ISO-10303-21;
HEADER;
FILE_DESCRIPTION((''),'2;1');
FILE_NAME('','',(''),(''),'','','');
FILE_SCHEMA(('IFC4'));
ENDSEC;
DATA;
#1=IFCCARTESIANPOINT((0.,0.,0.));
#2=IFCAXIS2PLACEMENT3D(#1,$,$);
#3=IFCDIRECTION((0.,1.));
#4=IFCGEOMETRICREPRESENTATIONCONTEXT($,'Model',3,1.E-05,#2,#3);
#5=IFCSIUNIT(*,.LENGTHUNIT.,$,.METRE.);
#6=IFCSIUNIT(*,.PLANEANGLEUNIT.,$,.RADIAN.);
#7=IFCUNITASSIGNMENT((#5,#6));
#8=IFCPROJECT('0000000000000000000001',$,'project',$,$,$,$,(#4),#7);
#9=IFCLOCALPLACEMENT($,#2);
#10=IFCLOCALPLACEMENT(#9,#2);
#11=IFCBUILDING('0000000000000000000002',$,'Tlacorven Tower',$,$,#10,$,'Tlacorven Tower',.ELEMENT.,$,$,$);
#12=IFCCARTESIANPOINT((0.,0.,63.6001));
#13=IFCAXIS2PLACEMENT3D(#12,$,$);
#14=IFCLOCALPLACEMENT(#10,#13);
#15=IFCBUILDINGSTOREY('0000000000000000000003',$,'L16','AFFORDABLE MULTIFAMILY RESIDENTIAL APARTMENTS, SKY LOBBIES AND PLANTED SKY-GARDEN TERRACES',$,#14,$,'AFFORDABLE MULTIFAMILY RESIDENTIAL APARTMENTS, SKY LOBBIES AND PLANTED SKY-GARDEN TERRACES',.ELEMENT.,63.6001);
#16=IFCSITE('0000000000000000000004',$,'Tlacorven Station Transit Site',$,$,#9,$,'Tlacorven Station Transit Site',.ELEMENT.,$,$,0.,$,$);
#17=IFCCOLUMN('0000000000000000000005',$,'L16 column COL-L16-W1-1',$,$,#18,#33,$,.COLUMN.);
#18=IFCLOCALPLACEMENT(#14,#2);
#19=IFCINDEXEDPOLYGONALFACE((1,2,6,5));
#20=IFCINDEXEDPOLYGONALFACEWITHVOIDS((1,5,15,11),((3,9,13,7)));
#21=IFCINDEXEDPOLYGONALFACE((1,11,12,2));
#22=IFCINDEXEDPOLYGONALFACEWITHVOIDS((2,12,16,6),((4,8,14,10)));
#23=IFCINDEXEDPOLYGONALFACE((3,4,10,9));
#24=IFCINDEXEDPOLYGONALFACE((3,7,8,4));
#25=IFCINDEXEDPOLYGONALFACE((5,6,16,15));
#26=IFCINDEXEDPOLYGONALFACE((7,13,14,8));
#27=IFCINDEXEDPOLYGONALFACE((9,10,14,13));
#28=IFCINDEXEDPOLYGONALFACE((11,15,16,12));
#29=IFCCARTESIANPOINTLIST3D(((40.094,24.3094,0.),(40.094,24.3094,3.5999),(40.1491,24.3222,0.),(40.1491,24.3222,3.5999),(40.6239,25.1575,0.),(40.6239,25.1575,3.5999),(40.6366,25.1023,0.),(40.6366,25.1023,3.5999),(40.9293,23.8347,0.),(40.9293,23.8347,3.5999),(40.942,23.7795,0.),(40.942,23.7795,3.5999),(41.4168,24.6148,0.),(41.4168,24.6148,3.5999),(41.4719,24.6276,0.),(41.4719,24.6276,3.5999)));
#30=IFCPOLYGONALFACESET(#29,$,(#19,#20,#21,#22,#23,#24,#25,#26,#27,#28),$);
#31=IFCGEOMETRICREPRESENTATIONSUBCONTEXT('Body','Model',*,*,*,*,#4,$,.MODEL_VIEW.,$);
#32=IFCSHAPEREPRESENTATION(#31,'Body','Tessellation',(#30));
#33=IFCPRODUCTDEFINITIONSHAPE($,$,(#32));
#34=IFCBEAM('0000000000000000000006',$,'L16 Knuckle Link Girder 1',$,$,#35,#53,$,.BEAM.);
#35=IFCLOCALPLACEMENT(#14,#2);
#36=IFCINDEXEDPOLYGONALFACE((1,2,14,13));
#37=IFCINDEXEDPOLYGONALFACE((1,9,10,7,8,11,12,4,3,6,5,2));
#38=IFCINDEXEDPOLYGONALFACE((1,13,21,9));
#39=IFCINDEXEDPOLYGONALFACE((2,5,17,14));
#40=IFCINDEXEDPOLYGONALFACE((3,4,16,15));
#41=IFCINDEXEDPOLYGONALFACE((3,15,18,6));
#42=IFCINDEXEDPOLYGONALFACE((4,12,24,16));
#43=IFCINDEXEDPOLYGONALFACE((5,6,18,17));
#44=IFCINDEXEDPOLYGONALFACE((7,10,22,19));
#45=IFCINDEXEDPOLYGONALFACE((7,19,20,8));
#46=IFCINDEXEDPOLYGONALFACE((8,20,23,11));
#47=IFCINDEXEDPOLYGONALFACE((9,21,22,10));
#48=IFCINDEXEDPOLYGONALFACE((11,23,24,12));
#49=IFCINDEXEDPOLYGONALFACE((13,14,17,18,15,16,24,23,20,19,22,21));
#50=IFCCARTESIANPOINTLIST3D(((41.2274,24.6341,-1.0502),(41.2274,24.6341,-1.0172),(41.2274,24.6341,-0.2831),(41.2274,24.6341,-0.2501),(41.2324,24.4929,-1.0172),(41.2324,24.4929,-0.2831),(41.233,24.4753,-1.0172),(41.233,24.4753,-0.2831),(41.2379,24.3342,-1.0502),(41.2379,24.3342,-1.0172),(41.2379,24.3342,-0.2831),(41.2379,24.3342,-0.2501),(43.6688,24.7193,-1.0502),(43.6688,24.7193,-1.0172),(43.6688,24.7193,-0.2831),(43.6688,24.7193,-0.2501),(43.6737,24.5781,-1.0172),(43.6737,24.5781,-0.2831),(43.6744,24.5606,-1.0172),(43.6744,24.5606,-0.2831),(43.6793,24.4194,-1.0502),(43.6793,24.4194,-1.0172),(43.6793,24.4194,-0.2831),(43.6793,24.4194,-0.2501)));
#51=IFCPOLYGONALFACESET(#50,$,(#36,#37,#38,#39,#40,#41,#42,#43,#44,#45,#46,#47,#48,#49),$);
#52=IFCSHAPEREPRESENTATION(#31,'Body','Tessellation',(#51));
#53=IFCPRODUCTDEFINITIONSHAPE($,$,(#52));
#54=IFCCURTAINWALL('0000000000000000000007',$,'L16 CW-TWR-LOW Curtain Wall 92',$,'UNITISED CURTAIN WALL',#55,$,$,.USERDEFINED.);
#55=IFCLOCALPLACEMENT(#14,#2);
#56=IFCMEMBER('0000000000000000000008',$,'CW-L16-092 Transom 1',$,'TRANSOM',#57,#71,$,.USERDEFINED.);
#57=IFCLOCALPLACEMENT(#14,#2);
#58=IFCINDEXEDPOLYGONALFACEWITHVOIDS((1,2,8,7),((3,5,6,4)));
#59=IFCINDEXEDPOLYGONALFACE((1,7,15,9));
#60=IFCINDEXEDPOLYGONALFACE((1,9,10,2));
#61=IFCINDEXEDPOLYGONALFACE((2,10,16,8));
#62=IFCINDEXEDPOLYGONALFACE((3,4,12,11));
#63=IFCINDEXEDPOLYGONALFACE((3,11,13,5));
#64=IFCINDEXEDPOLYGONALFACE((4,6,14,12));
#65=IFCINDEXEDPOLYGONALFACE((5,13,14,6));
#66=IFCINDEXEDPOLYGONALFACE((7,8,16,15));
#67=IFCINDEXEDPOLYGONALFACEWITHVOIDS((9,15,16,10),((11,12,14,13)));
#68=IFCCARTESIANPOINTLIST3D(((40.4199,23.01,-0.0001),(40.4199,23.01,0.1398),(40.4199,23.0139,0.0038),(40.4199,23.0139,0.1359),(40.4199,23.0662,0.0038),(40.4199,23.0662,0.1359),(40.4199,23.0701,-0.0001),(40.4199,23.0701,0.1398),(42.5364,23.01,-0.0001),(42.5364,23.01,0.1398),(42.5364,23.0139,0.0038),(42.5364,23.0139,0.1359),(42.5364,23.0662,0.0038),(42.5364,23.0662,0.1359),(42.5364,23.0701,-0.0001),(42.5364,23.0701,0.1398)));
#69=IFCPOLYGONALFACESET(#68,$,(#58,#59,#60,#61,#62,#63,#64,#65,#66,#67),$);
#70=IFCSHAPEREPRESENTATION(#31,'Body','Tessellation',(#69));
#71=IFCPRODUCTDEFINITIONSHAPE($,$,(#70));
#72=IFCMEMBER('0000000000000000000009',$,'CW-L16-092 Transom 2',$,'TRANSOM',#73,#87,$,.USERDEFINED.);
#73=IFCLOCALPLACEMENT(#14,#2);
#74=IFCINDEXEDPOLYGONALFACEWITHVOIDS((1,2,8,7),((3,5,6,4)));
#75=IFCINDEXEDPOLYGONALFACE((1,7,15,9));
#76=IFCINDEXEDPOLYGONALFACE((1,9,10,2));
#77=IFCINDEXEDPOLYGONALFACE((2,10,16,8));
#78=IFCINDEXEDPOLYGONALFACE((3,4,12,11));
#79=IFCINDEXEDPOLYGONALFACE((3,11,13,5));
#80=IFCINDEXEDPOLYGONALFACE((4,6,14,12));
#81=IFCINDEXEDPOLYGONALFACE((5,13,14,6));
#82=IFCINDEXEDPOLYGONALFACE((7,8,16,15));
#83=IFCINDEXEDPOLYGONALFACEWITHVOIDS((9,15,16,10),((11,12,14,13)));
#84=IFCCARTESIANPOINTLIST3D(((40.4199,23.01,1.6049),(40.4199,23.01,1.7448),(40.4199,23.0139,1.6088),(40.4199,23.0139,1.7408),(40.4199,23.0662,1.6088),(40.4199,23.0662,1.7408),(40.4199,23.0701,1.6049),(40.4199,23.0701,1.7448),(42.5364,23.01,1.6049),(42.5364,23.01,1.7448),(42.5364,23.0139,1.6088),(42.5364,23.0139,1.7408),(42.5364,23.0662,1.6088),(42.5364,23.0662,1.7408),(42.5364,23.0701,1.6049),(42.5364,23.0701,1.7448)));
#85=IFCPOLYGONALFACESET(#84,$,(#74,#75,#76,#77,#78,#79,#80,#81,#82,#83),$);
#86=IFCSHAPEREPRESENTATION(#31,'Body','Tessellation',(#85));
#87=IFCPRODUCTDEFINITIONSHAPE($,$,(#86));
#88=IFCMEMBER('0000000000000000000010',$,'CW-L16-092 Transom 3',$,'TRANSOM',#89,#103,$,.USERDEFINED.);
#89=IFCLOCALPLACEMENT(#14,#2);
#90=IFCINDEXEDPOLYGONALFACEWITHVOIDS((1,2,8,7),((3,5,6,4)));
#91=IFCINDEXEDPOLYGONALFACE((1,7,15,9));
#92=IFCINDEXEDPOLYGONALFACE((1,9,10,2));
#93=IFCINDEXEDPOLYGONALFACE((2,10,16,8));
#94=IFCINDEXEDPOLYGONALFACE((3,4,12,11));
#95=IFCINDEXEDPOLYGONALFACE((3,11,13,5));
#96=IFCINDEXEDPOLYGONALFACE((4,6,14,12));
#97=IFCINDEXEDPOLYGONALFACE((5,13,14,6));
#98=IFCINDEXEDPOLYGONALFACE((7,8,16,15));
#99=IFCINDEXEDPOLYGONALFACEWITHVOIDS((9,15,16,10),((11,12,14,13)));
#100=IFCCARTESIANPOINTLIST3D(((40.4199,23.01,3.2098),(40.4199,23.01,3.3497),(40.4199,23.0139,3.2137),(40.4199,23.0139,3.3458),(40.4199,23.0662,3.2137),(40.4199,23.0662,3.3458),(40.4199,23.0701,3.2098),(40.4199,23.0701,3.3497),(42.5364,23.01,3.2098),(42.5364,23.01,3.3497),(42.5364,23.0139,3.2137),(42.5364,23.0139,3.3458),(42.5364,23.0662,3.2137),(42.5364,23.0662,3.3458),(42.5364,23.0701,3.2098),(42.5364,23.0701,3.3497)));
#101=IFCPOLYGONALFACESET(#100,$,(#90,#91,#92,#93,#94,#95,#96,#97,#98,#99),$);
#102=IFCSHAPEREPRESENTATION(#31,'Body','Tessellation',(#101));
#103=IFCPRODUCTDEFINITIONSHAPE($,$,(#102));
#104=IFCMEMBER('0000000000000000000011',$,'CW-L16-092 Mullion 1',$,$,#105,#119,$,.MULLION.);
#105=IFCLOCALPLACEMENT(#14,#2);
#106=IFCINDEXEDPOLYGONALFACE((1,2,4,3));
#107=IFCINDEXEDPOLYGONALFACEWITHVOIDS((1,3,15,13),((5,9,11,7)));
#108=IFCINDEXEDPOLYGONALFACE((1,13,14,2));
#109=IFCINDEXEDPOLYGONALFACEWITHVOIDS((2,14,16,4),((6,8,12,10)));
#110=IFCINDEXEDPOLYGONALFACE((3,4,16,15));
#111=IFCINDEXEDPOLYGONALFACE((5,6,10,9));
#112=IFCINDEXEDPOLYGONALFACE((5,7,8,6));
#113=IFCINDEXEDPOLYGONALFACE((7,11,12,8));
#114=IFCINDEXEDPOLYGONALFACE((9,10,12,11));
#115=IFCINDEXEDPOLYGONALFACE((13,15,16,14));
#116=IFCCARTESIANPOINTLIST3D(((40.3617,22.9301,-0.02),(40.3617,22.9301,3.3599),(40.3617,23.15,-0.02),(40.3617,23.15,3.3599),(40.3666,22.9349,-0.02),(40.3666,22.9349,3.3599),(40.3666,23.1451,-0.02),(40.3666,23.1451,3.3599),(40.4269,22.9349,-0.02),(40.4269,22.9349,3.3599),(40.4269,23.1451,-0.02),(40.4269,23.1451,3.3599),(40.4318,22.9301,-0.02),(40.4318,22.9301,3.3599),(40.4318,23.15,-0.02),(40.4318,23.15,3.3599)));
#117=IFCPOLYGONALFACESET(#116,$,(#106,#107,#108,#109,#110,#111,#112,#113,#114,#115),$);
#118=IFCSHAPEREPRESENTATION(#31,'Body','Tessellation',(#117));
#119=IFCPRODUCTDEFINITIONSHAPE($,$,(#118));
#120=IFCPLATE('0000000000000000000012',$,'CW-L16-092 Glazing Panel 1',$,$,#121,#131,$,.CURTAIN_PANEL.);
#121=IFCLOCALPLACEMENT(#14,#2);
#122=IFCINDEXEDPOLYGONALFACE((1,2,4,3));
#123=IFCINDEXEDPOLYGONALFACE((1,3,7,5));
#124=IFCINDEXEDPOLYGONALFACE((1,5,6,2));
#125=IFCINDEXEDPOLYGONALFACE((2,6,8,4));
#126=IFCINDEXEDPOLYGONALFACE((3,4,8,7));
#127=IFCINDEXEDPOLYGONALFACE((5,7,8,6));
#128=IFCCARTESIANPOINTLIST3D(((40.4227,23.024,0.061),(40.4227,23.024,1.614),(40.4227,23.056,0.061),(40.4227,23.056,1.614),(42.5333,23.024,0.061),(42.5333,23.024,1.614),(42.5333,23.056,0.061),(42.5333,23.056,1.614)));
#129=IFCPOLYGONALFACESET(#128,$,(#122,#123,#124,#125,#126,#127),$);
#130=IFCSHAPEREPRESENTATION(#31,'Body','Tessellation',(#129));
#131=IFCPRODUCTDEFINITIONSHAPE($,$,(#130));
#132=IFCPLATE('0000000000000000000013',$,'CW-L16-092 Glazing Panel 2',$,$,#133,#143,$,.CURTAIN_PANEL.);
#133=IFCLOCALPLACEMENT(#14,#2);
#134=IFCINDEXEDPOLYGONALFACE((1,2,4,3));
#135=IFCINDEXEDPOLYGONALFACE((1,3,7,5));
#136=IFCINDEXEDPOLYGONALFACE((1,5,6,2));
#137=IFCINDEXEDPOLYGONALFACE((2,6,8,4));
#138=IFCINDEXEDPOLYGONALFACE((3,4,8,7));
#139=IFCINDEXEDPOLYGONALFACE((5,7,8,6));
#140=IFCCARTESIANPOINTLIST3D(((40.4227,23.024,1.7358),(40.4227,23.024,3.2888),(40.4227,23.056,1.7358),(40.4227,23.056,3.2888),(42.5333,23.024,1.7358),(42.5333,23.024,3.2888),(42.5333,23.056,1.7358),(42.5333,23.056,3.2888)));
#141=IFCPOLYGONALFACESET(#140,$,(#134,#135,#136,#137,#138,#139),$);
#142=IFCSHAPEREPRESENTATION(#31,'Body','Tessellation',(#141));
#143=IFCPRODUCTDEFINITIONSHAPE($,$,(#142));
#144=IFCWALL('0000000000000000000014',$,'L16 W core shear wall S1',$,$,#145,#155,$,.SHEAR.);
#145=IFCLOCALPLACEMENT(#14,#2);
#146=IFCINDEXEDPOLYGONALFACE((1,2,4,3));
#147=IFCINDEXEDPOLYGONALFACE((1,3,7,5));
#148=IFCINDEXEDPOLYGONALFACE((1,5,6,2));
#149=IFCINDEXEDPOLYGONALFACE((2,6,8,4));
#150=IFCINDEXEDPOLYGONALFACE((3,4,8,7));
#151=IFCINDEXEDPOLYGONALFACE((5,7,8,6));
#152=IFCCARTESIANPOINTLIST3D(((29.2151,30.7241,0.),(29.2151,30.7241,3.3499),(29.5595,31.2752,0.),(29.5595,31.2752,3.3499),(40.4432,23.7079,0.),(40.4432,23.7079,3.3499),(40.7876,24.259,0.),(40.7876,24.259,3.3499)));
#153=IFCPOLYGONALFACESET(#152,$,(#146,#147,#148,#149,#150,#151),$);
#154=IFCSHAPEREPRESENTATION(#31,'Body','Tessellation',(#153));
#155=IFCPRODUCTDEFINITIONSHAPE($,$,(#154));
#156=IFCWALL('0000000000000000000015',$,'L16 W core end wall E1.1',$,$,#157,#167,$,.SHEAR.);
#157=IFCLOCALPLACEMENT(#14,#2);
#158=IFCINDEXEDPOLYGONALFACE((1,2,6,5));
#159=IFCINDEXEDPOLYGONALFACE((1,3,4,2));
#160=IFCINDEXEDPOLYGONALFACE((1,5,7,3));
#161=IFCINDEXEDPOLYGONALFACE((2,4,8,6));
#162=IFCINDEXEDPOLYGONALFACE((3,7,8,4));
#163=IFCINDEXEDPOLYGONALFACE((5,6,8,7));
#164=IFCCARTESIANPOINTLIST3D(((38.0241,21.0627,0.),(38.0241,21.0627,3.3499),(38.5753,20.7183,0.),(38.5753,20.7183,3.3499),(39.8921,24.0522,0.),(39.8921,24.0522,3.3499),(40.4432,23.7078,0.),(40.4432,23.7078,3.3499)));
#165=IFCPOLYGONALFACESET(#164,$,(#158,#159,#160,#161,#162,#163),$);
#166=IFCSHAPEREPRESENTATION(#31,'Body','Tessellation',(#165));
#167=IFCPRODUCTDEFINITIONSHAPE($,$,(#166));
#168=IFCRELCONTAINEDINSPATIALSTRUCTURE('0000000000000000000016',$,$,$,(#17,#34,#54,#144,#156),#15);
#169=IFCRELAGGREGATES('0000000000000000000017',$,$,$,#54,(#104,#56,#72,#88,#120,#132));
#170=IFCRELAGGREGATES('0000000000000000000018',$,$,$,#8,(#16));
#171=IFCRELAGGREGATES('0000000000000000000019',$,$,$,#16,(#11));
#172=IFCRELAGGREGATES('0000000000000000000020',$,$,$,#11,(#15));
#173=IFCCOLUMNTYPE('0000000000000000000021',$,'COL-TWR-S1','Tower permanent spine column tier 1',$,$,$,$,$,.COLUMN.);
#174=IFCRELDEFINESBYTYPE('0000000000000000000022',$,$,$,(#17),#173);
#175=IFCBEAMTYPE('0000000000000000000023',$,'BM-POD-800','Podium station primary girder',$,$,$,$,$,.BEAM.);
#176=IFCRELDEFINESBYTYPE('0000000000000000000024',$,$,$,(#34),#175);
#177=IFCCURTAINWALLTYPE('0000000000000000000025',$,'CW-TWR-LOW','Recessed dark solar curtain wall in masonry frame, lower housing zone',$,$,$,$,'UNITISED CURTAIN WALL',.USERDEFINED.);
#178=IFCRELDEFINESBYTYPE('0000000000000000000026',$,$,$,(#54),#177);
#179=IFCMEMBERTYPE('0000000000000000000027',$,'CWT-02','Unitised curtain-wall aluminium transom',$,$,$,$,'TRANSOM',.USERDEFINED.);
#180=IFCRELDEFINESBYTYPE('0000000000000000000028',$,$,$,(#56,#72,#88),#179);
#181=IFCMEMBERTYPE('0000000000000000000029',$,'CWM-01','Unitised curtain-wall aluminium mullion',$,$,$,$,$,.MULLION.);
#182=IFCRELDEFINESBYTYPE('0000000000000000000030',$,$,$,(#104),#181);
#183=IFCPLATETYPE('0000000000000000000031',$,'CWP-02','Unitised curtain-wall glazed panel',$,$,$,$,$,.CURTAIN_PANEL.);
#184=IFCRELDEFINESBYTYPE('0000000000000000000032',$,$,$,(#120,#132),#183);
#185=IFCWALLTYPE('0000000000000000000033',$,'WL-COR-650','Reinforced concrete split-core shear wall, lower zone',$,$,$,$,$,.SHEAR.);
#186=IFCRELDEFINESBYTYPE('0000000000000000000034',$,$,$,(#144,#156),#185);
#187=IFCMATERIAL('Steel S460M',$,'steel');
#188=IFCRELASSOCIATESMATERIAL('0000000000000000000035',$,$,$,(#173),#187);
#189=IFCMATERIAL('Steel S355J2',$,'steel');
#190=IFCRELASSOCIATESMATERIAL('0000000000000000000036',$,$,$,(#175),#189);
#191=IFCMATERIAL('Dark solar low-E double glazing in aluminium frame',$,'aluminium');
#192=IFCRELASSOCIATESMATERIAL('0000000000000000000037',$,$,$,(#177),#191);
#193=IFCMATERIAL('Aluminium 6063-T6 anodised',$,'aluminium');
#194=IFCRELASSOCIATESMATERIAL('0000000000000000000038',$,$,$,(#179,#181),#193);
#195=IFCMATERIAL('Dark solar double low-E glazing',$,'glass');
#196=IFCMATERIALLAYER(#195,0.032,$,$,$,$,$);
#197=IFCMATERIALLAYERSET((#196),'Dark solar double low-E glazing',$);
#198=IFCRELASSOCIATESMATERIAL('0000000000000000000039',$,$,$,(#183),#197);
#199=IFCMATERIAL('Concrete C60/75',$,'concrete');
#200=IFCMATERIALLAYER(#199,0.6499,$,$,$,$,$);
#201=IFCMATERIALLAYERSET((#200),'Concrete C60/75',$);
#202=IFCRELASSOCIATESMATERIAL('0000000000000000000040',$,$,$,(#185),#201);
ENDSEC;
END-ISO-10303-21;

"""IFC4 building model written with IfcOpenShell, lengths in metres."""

from ifc_helpers import new_model, si_unit, direction, frame, frame_2d, origin, origin_2d, place, context, subcontext, project, spatial, rectangle, hollow_rectangle, i_section, extrude, source, transform, mapped, material, layer, layer_set, material_profile, profile_set, type_object, element, aggregate, save


model = new_model("IFC4")

# Units and contexts
model_context = context("Model", 3, precision=1e-05, world=origin(), true_north=direction((0.0, 1.0)))
body_context = subcontext(model_context, "Body", "Model", "MODEL_VIEW")
ifc_project = project(units=[si_unit("LENGTHUNIT", "METRE"), si_unit("PLANEANGLEUNIT", "RADIAN")], contexts=[model_context])

# Site, building, storey
site_placement = place(None, origin())
site = spatial("IfcSite", under=ifc_project, at=site_placement, Name="Tlacorven Station Transit Site", LongName="Tlacorven Station Transit Site", CompositionType="ELEMENT", RefElevation=0.0)
building_placement = place(site_placement, origin())
building = spatial("IfcBuilding", under=site, at=building_placement, Name="Tlacorven Tower", LongName="Tlacorven Tower", CompositionType="ELEMENT")
storey_placement = place(building_placement, frame((0.0, 0.0, 63.6001)))
storey = spatial("IfcBuildingStorey", under=building, at=storey_placement, Name="L16", Description="AFFORDABLE MULTIFAMILY RESIDENTIAL APARTMENTS, SKY LOBBIES AND PLANTED SKY-GARDEN TERRACES", LongName="AFFORDABLE MULTIFAMILY RESIDENTIAL APARTMENTS, SKY LOBBIES AND PLANTED SKY-GARDEN TERRACES", CompositionType="ELEMENT", Elevation=63.6001)

# Column
ifc_material_1 = material(Name="Steel S460M", Category="steel")
ifc_material_profile_1 = material_profile(ifc_material_1, hollow_rectangle(XDim=1.0, YDim=1.0, WallThickness=0.04, at=origin_2d()), Name="BOX 1000X1000X40")
ifc_profile_set_1 = profile_set([ifc_material_profile_1], Name="Steel S460M")
column_type = type_object("IfcColumnType", Name="COL-TWR-S1", Description="Tower permanent spine column tier 1", PredefinedType="COLUMN", material=ifc_profile_set_1)
shared_shape_1 = source(origin(), body_context, "Body", "SweptSolid", [
    extrude(hollow_rectangle(XDim=1.0, YDim=1.0, WallThickness=0.04, at=origin_2d()), origin(), (0.0, 0.0, 1.0), 3.5999),
])
column_placement = place(storey_placement, frame((40.783, 24.4685, 0.0), z_axis=(0.0, 0.0, 1.0), x_axis=(-0.848048, 0.529919, 0.0)))
element("IfcColumn", 1, at=column_placement, inside=storey, type_object=column_type, Name="L16 column COL-L16-W1-1", PredefinedType="COLUMN", context=body_context, shape_type="MappedRepresentation", body=[
    mapped(shared_shape_1, transform((0.0, 0.0, 0.0), scale=1.0)),
])

# Beam
ifc_material_2 = material(Name="Steel S355J2", Category="steel")
ifc_material_profile_2 = material_profile(ifc_material_2, i_section(OverallWidth=0.3, OverallDepth=0.8, WebThickness=0.0176, FlangeThickness=0.033, at=origin_2d()), Name="HEB 800")
ifc_profile_set_2 = profile_set([ifc_material_profile_2], Name="Steel S355J2")
beam_type = type_object("IfcBeamType", Name="BM-POD-800", Description="Podium station primary girder", PredefinedType="BEAM", material=ifc_profile_set_2)
shared_shape_2 = source(origin(), body_context, "Body", "SweptSolid", [
    extrude(i_section(OverallWidth=0.3, OverallDepth=0.8, WebThickness=0.0176, FlangeThickness=0.033, at=origin_2d()), origin(), (0.0, 0.0, 1.0), 2.4429),
])
beam_placement = place(storey_placement, frame((41.2327, 24.4841, -0.6501), z_axis=(0.999392, 0.034879, 0.0), x_axis=(-0.034879, 0.999392, 0.0)))
element("IfcBeam", 2, at=beam_placement, inside=storey, type_object=beam_type, Name="L16 Knuckle Link Girder 1", PredefinedType="BEAM", context=body_context, shape_type="MappedRepresentation", body=[
    mapped(shared_shape_2, transform((0.0, 0.0, 0.0), scale=1.0)),
])

# Curtain wall, members, plates
ifc_material_3 = material(Name="Dark solar low-E double glazing in aluminium frame", Category="aluminium")
curtain_wall_type = type_object("IfcCurtainWallType", Name="CW-TWR-LOW", Description="Recessed dark solar curtain wall in masonry frame, lower housing zone", ElementType="UNITISED CURTAIN WALL", PredefinedType="USERDEFINED", material=ifc_material_3)
curtain_wall_placement = place(storey_placement, origin())
curtain_wall = element("IfcCurtainWall", 3, at=curtain_wall_placement, inside=storey, type_object=curtain_wall_type, Name="L16 CW-TWR-LOW Curtain Wall 92", ObjectType="UNITISED CURTAIN WALL", PredefinedType="USERDEFINED")
ifc_material_4 = material(Name="Aluminium 6063-T6 anodised", Category="aluminium")
ifc_material_profile_3 = material_profile(ifc_material_4, hollow_rectangle(XDim=0.0601, YDim=0.1399, WallThickness=0.0039, at=origin_2d()), Name="ALU TRANSOM 60X140")
ifc_profile_set_3 = profile_set([ifc_material_profile_3], Name="Aluminium 6063-T6 anodised")
member_type_1 = type_object("IfcMemberType", Name="CWT-02", Description="Unitised curtain-wall aluminium transom", ElementType="TRANSOM", PredefinedType="USERDEFINED", material=ifc_profile_set_3)
shared_shape_3 = source(origin(), body_context, "Body", "SweptSolid", [
    extrude(hollow_rectangle(XDim=0.0601, YDim=0.1399, WallThickness=0.0039, at=origin_2d()), origin(), (0.0, 0.0, 1.0), 2.1165),
])
member_1_placement = place(storey_placement, frame((40.4199, 23.04, 0.0698), z_axis=(1.0, 0.0, 0.0), x_axis=(0.0, 1.0, 0.0)))
member_1 = element("IfcMember", 4, at=member_1_placement, type_object=member_type_1, Name="CW-L16-092 Transom 1", ObjectType="TRANSOM", PredefinedType="USERDEFINED", context=body_context, shape_type="MappedRepresentation", body=[
    mapped(shared_shape_3, transform((0.0, 0.0, 0.0), scale=1.0)),
])
member_2_placement = place(storey_placement, frame((40.4199, 23.04, 1.6748), z_axis=(1.0, 0.0, 0.0), x_axis=(0.0, 1.0, 0.0)))
member_2 = element("IfcMember", 5, at=member_2_placement, type_object=member_type_1, Name="CW-L16-092 Transom 2", ObjectType="TRANSOM", PredefinedType="USERDEFINED", context=body_context, shape_type="MappedRepresentation", body=[
    mapped(shared_shape_3, transform((0.0, 0.0, 0.0), scale=1.0)),
])
member_3_placement = place(storey_placement, frame((40.4199, 23.04, 3.2798), z_axis=(1.0, 0.0, 0.0), x_axis=(0.0, 1.0, 0.0)))
member_3 = element("IfcMember", 6, at=member_3_placement, type_object=member_type_1, Name="CW-L16-092 Transom 3", ObjectType="TRANSOM", PredefinedType="USERDEFINED", context=body_context, shape_type="MappedRepresentation", body=[
    mapped(shared_shape_3, transform((0.0, 0.0, 0.0), scale=1.0)),
])
ifc_material_profile_4 = material_profile(ifc_material_4, hollow_rectangle(XDim=0.0701, YDim=0.22, WallThickness=0.0049, at=origin_2d()), Name="ALU MULLION 70X220")
ifc_profile_set_4 = profile_set([ifc_material_profile_4], Name="Aluminium 6063-T6 anodised")
member_type_2 = type_object("IfcMemberType", Name="CWM-01", Description="Unitised curtain-wall aluminium mullion", PredefinedType="MULLION", material=ifc_profile_set_4)
shared_shape_4 = source(origin(), body_context, "Body", "SweptSolid", [
    extrude(hollow_rectangle(XDim=0.0701, YDim=0.22, WallThickness=0.0049, at=origin_2d()), origin(), (0.0, 0.0, 1.0), 3.3799),
])
member_4_placement = place(storey_placement, frame((40.3967, 23.04, -0.02), z_axis=(0.0, 0.0, 1.0), x_axis=(1.0, 0.0, 0.0)))
member_4 = element("IfcMember", 7, at=member_4_placement, type_object=member_type_2, Name="CW-L16-092 Mullion 1", PredefinedType="MULLION", context=body_context, shape_type="MappedRepresentation", body=[
    mapped(shared_shape_4, transform((0.0, 0.0, 0.0), scale=1.0)),
])
ifc_material_5 = material(Name="Dark solar double low-E glazing", Category="glass")
ifc_layer_1 = layer(ifc_material_5, 0.032)
ifc_layer_set_1 = layer_set([ifc_layer_1], Name="Dark solar double low-E glazing")
plate_type = type_object("IfcPlateType", Name="CWP-02", Description="Unitised curtain-wall glazed panel", PredefinedType="CURTAIN_PANEL", material=ifc_layer_set_1)
shared_shape_5 = source(origin(), body_context, "Body", "SweptSolid", [
    extrude(rectangle(XDim=2.1106, YDim=0.032, at=origin_2d()), origin(), (0.0, 0.0, 1.0), 1.553),
])
plate_1_placement = place(storey_placement, frame((41.478, 23.04, 0.061), z_axis=(0.0, 0.0, 1.0), x_axis=(1.0, 0.0, 0.0)))
plate_1 = element("IfcPlate", 8, at=plate_1_placement, type_object=plate_type, Name="CW-L16-092 Glazing Panel 1", PredefinedType="CURTAIN_PANEL", context=body_context, shape_type="MappedRepresentation", body=[
    mapped(shared_shape_5, transform((0.0, 0.0, 0.0), scale=1.0)),
])
plate_2_placement = place(storey_placement, frame((41.478, 23.04, 1.7358), z_axis=(0.0, 0.0, 1.0), x_axis=(1.0, 0.0, 0.0)))
plate_2 = element("IfcPlate", 9, at=plate_2_placement, type_object=plate_type, Name="CW-L16-092 Glazing Panel 2", PredefinedType="CURTAIN_PANEL", context=body_context, shape_type="MappedRepresentation", body=[
    mapped(shared_shape_5, transform((0.0, 0.0, 0.0), scale=1.0)),
])
aggregate(curtain_wall, [member_4, member_1, member_2, member_3, plate_1, plate_2])

# Walls
ifc_material_6 = material(Name="Concrete C60/75", Category="concrete")
ifc_layer_2 = layer(ifc_material_6, 0.6499)
ifc_layer_set_2 = layer_set([ifc_layer_2], Name="Concrete C60/75")
wall_type_1 = type_object("IfcWallType", Name="WL-COR-650", Description="Reinforced concrete split-core shear wall, lower zone", PredefinedType="SHEAR", material=ifc_layer_set_2)
wall_1_placement = place(storey_placement, frame((40.6155, 23.9834, 0.0), z_axis=(0.0, 0.0, 1.0), x_axis=(-0.848046, 0.529923, 0.0)))
element("IfcWall", 10, at=wall_1_placement, inside=storey, type_object=wall_type_1, Name="L16 W core shear wall S1", PredefinedType="SHEAR", context=body_context, shape_type="SweptSolid", body=[
    extrude(rectangle(XDim=13.24, YDim=0.6499, at=frame_2d((6.6201, 0.0))), origin(), (0.0, 0.0, 1.0), 3.3499),
])
wall_2_placement = place(storey_placement, frame((40.1677, 23.8801, 0.0), z_axis=(0.0, 0.0, 1.0), x_axis=(-0.529893, -0.848064, 0.0)))
element("IfcWall", 11, at=wall_2_placement, inside=storey, type_object=wall_type_1, Name="L16 W core end wall E1.1", PredefinedType="SHEAR", context=body_context, shape_type="SweptSolid", body=[
    extrude(rectangle(XDim=3.5251, YDim=0.6499, at=frame_2d((1.7627, 0.0))), origin(), (0.0, 0.0, 1.0), 3.3499),
])

save(model, "model.ifc")
